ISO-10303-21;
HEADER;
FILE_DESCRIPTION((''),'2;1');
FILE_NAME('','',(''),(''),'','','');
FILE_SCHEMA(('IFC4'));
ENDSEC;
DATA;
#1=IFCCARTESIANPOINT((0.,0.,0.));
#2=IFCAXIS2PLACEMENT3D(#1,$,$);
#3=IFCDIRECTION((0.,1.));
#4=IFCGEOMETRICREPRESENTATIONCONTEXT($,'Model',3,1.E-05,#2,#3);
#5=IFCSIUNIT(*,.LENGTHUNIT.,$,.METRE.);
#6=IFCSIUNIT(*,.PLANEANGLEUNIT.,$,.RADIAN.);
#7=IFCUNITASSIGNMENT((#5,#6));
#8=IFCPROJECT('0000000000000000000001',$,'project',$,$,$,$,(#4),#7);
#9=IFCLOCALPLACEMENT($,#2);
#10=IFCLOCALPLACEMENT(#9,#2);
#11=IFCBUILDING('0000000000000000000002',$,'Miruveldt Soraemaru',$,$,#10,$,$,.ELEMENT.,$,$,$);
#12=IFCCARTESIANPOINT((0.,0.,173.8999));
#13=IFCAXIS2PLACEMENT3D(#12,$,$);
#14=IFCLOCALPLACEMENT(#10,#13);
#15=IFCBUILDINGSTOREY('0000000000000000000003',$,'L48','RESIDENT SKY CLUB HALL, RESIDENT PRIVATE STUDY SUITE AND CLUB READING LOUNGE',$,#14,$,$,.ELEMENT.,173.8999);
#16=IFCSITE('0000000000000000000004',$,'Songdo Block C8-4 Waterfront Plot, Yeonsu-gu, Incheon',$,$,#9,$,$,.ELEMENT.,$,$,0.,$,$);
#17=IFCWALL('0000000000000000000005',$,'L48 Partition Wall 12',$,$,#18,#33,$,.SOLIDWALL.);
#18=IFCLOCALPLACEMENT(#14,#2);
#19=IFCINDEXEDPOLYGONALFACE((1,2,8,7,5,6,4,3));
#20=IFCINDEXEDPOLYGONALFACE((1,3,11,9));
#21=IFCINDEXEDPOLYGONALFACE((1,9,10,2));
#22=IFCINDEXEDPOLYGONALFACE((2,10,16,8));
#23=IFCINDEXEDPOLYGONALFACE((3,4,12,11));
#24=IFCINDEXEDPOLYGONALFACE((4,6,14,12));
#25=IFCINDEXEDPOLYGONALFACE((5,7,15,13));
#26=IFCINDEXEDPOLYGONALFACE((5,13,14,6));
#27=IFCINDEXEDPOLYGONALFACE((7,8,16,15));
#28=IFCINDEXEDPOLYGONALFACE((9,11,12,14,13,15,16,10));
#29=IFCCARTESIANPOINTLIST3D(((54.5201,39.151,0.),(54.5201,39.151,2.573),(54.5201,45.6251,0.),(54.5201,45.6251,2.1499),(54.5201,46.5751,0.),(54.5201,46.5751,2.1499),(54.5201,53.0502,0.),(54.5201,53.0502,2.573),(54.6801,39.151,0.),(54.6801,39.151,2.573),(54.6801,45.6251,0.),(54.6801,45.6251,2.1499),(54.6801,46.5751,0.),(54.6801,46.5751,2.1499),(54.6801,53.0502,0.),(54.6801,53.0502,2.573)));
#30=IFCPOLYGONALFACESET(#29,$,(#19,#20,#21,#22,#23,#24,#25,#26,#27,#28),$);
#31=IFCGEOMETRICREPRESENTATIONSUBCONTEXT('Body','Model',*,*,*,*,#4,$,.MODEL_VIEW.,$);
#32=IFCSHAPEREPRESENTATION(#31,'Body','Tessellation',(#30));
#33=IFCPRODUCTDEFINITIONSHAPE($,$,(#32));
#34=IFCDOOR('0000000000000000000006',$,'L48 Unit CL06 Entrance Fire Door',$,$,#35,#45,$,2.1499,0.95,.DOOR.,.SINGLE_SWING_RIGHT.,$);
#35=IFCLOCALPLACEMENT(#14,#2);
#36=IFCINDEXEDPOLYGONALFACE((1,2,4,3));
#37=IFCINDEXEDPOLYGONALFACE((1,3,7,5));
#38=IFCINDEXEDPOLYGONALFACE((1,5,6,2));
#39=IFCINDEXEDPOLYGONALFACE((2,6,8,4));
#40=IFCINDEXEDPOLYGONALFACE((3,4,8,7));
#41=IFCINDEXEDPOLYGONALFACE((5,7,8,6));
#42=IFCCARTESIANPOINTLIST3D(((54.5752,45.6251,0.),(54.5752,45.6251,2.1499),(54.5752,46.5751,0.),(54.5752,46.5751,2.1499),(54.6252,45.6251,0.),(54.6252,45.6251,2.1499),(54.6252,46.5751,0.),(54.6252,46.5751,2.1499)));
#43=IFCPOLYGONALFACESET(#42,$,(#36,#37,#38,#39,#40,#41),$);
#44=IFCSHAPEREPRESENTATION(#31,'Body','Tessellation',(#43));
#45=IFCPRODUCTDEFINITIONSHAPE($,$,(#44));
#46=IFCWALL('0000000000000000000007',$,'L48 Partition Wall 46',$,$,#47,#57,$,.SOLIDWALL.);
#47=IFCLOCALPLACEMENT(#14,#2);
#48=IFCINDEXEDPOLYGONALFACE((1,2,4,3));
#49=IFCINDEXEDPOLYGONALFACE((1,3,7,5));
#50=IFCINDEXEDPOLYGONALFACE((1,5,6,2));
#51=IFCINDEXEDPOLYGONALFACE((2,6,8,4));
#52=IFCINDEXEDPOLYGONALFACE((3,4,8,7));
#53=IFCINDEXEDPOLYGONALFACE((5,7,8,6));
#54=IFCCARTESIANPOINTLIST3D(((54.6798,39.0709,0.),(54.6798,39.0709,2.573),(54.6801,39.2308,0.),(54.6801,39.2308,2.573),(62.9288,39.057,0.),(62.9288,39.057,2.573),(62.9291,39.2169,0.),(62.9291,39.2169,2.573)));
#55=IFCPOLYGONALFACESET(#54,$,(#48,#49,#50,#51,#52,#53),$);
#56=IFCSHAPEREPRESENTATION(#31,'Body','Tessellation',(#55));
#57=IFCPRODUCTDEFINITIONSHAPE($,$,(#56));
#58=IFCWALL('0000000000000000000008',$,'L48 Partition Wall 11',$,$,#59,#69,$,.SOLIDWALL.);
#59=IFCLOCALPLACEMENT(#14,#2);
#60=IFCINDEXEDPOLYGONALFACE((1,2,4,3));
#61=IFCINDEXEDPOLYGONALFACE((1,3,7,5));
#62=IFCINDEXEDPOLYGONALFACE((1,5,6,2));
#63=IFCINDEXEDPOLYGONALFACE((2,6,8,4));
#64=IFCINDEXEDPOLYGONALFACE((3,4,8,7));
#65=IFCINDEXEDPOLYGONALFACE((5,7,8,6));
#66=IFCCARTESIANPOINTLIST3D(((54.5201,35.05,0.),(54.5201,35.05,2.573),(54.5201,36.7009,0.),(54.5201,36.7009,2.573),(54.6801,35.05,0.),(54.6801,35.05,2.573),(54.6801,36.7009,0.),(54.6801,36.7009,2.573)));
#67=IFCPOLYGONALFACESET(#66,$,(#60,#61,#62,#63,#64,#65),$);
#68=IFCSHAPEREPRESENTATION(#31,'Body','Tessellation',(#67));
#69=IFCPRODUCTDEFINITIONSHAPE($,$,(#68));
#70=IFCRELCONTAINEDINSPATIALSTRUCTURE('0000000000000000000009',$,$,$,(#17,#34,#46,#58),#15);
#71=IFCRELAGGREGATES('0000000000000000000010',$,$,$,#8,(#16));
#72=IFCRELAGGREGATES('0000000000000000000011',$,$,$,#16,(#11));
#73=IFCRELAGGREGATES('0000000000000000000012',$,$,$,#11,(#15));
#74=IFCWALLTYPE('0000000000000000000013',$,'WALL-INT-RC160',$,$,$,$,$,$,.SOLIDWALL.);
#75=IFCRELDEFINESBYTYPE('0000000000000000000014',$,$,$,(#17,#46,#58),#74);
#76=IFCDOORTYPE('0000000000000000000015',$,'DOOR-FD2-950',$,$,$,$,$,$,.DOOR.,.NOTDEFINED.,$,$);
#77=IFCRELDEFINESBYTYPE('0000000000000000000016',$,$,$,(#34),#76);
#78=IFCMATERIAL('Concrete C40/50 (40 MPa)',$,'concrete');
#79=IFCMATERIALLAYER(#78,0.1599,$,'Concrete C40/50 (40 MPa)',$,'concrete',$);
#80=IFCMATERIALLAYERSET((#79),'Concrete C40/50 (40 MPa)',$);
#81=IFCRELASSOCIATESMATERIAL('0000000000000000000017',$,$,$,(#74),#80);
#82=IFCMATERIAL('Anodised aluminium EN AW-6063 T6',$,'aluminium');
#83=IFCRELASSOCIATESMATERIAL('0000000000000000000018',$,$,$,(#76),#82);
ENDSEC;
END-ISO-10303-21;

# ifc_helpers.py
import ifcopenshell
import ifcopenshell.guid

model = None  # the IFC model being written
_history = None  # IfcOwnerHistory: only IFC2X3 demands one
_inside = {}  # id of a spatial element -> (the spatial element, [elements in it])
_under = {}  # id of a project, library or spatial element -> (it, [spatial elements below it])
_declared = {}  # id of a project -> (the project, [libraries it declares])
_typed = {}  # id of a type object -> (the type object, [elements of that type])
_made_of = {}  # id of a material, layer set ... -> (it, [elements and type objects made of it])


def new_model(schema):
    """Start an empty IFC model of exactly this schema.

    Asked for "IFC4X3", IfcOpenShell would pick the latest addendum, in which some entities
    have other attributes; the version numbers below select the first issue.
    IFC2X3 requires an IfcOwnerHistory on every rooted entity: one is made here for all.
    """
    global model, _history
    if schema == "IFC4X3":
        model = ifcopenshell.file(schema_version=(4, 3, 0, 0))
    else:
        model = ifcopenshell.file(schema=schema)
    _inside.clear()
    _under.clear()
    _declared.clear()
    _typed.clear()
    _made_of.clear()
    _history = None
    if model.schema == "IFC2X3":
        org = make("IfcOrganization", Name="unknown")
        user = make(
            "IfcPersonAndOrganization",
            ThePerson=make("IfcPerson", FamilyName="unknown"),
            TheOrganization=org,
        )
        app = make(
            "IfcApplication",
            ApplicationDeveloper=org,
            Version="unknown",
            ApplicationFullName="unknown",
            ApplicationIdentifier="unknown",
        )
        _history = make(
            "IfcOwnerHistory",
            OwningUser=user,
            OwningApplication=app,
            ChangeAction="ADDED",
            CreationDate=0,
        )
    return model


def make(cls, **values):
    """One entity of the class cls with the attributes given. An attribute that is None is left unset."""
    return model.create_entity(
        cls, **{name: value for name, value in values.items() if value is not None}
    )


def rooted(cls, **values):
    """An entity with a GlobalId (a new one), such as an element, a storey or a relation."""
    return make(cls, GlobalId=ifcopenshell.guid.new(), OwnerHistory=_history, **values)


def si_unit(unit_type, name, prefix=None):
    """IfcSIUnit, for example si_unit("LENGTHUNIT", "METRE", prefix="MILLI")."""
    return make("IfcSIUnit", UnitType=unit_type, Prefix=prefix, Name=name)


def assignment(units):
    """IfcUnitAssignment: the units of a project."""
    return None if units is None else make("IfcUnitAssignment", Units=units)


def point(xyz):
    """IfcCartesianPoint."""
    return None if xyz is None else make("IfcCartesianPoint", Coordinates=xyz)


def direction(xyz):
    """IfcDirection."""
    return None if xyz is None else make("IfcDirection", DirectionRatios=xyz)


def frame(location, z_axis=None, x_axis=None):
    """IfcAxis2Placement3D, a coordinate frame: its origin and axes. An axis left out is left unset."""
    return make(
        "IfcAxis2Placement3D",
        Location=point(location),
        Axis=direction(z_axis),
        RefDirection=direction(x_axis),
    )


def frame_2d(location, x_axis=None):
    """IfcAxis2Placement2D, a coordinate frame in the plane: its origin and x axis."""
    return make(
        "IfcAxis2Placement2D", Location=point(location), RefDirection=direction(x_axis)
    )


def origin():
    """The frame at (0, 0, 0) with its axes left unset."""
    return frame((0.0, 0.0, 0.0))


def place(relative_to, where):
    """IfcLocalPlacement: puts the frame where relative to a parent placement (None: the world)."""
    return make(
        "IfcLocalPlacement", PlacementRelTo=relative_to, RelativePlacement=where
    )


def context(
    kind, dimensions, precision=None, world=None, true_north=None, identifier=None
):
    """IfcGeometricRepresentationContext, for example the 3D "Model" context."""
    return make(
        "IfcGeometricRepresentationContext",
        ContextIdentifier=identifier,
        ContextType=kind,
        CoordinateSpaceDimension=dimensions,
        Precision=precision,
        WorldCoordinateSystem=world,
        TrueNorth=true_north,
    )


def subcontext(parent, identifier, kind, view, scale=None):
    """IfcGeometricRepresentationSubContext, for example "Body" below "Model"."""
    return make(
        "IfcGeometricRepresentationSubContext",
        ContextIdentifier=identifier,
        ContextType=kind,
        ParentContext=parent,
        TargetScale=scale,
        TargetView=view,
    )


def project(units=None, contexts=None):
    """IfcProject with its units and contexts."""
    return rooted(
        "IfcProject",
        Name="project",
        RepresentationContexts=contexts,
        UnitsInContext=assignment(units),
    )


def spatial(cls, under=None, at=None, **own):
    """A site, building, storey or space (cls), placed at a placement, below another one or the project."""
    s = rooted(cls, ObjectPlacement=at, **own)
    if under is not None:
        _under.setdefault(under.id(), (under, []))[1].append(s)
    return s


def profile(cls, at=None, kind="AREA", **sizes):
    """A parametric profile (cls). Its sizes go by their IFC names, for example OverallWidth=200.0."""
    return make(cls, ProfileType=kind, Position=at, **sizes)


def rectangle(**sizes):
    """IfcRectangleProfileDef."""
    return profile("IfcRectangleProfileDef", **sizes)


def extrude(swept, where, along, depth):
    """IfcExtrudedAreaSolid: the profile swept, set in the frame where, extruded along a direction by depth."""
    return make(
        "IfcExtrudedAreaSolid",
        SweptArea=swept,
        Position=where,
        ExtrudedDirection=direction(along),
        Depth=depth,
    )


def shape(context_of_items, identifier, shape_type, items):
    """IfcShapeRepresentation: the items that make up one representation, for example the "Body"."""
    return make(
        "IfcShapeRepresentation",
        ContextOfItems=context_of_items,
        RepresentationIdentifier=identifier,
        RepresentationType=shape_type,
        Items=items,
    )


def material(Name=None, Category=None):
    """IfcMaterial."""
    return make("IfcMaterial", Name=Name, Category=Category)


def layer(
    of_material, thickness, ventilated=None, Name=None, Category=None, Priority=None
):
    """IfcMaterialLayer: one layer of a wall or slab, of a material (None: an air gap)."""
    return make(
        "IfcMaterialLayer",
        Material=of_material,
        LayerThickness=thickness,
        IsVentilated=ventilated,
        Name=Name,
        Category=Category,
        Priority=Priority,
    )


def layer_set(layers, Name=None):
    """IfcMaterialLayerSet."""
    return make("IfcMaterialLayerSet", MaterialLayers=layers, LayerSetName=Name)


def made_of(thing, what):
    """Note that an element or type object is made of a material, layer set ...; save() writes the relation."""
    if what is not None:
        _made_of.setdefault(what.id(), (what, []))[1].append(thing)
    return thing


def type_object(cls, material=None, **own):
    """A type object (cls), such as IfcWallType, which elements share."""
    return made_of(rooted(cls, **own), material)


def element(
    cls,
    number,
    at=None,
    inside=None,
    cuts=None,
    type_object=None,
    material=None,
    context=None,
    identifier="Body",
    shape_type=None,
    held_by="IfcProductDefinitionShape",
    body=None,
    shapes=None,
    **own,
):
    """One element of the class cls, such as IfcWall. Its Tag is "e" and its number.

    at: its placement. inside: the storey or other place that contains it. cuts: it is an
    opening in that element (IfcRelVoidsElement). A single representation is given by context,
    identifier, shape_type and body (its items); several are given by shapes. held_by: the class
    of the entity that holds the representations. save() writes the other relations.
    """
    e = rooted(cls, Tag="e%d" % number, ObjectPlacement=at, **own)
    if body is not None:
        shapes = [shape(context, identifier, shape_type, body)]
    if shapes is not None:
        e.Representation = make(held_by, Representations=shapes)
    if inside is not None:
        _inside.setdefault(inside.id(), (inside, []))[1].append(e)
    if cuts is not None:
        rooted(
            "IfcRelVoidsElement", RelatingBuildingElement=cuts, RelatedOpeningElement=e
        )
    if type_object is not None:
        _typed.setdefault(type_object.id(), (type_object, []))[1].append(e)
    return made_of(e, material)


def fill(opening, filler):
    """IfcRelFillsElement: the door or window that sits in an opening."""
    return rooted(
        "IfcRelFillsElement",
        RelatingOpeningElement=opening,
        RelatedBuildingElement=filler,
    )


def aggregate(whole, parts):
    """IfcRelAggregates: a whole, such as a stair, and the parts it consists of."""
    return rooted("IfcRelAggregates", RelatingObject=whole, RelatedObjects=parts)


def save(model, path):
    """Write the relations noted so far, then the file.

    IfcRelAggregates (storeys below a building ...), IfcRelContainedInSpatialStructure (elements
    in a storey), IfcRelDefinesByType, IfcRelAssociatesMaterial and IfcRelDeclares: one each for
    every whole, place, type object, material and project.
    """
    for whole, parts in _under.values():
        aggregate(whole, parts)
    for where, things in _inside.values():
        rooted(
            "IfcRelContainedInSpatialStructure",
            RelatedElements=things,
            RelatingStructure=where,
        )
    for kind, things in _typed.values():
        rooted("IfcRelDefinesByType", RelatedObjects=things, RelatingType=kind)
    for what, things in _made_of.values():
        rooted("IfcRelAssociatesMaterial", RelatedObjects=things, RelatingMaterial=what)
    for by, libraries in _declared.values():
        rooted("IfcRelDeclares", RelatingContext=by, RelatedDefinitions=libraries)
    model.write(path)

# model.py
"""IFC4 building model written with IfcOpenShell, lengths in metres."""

from ifc_helpers import new_model, si_unit, direction, frame, frame_2d, origin, place, context, subcontext, project, spatial, rectangle, extrude, material, layer, layer_set, type_object, element, fill, save


model = new_model("IFC4")

# Units and contexts
model_context = context("Model", 3, precision=1e-05, world=origin(), true_north=direction((0.0, 1.0)))
body_context = subcontext(model_context, "Body", "Model", "MODEL_VIEW")
ifc_project = project(units=[si_unit("LENGTHUNIT", "METRE"), si_unit("PLANEANGLEUNIT", "RADIAN")], contexts=[model_context])

# Site, building, storey
site_placement = place(None, origin())
site = spatial("IfcSite", under=ifc_project, at=site_placement, Name="Songdo Block C8-4 Waterfront Plot, Yeonsu-gu, Incheon", CompositionType="ELEMENT", RefElevation=0.0)
building_placement = place(site_placement, origin())
building = spatial("IfcBuilding", under=site, at=building_placement, Name="Miruveldt Soraemaru", CompositionType="ELEMENT")
storey_placement = place(building_placement, frame((0.0, 0.0, 173.8999)))
storey = spatial("IfcBuildingStorey", under=building, at=storey_placement, Name="L48", Description="RESIDENT SKY CLUB HALL, RESIDENT PRIVATE STUDY SUITE AND CLUB READING LOUNGE", CompositionType="ELEMENT", Elevation=173.8999)

# Shared definitions
ifc_material_1 = material(Name="Anodised aluminium EN AW-6063 T6", Category="aluminium")

# Wall, opening, door
ifc_material_2 = material(Name="Concrete C40/50 (40 MPa)", Category="concrete")
ifc_layer_1 = layer(ifc_material_2, 0.1599, Name="Concrete C40/50 (40 MPa)", Category="concrete")
ifc_layer_set_1 = layer_set([ifc_layer_1], Name="Concrete C40/50 (40 MPa)")
wall_type_1 = type_object("IfcWallType", Name="WALL-INT-RC160", PredefinedType="SOLIDWALL", material=ifc_layer_set_1)
wall_1_placement = place(storey_placement, frame((54.6001, 39.1509, 0.0), z_axis=(0.0, 0.0, 1.0), x_axis=(0.0, 1.0, 0.0)))
wall_1 = element("IfcWall", 1, at=wall_1_placement, inside=storey, type_object=wall_type_1, Name="L48 Partition Wall 12", PredefinedType="SOLIDWALL", context=body_context, shape_type="SweptSolid", body=[
    extrude(rectangle(XDim=13.8992, YDim=0.1599, at=frame_2d((6.9497, 0.0))), origin(), (0.0, 0.0, 1.0), 2.573),
])
opening_1_placement = place(wall_1_placement, frame((6.4741, 0.0, 0.0)))
opening_1 = element("IfcOpeningElement", 2, at=opening_1_placement, cuts=wall_1, PredefinedType="OPENING", context=body_context, shape_type="SweptSolid", body=[
    extrude(rectangle(XDim=0.95, YDim=2.1499, at=frame_2d((0.4751, 1.075))), frame((0.0, 0.0898, 0.0), z_axis=(0.0, -1.0, 0.0), x_axis=(1.0, 0.0, 0.0)), (0.0, 0.0, 1.0), 0.1799),
])
door_type_1 = type_object("IfcDoorType", Name="DOOR-FD2-950", OperationType="NOTDEFINED", PredefinedType="DOOR", material=ifc_material_1)
door_1_placement = place(opening_1_placement, origin())
door_1 = element("IfcDoor", 3, at=door_1_placement, inside=storey, type_object=door_type_1, Name="L48 Unit CL06 Entrance Fire Door", OperationType="SINGLE_SWING_RIGHT", OverallHeight=2.1499, OverallWidth=0.95, PredefinedType="DOOR", context=body_context, shape_type="SweptSolid", body=[
    extrude(rectangle(XDim=0.95, YDim=2.1499, at=frame_2d((0.4751, 1.075))), frame((0.0, 0.0249, 0.0), z_axis=(0.0, -1.0, 0.0), x_axis=(1.0, 0.0, 0.0)), (0.0, 0.0, 1.0), 0.05),
])
fill(opening_1, door_1)

# Walls
wall_2_placement = place(storey_placement, frame((62.929, 39.137, 0.0), z_axis=(0.0, 0.0, 1.0), x_axis=(-0.999999, 0.001687, 0.0)))
element("IfcWall", 4, at=wall_2_placement, inside=storey, type_object=wall_type_1, Name="L48 Partition Wall 46", PredefinedType="SOLIDWALL", context=body_context, shape_type="SweptSolid", body=[
    extrude(rectangle(XDim=8.249, YDim=0.1599, at=frame_2d((4.1245, 0.0))), origin(), (0.0, 0.0, 1.0), 2.573),
])
wall_3_placement = place(storey_placement, frame((54.6001, 35.05, 0.0), z_axis=(0.0, 0.0, 1.0), x_axis=(0.0, 1.0, 0.0)))
element("IfcWall", 5, at=wall_3_placement, inside=storey, type_object=wall_type_1, Name="L48 Partition Wall 11", PredefinedType="SOLIDWALL", context=body_context, shape_type="SweptSolid", body=[
    extrude(rectangle(XDim=1.6509, YDim=0.1599, at=frame_2d((0.8254, 0.0))), origin(), (0.0, 0.0, 1.0), 2.573),
])

save(model, "model.ifc")
